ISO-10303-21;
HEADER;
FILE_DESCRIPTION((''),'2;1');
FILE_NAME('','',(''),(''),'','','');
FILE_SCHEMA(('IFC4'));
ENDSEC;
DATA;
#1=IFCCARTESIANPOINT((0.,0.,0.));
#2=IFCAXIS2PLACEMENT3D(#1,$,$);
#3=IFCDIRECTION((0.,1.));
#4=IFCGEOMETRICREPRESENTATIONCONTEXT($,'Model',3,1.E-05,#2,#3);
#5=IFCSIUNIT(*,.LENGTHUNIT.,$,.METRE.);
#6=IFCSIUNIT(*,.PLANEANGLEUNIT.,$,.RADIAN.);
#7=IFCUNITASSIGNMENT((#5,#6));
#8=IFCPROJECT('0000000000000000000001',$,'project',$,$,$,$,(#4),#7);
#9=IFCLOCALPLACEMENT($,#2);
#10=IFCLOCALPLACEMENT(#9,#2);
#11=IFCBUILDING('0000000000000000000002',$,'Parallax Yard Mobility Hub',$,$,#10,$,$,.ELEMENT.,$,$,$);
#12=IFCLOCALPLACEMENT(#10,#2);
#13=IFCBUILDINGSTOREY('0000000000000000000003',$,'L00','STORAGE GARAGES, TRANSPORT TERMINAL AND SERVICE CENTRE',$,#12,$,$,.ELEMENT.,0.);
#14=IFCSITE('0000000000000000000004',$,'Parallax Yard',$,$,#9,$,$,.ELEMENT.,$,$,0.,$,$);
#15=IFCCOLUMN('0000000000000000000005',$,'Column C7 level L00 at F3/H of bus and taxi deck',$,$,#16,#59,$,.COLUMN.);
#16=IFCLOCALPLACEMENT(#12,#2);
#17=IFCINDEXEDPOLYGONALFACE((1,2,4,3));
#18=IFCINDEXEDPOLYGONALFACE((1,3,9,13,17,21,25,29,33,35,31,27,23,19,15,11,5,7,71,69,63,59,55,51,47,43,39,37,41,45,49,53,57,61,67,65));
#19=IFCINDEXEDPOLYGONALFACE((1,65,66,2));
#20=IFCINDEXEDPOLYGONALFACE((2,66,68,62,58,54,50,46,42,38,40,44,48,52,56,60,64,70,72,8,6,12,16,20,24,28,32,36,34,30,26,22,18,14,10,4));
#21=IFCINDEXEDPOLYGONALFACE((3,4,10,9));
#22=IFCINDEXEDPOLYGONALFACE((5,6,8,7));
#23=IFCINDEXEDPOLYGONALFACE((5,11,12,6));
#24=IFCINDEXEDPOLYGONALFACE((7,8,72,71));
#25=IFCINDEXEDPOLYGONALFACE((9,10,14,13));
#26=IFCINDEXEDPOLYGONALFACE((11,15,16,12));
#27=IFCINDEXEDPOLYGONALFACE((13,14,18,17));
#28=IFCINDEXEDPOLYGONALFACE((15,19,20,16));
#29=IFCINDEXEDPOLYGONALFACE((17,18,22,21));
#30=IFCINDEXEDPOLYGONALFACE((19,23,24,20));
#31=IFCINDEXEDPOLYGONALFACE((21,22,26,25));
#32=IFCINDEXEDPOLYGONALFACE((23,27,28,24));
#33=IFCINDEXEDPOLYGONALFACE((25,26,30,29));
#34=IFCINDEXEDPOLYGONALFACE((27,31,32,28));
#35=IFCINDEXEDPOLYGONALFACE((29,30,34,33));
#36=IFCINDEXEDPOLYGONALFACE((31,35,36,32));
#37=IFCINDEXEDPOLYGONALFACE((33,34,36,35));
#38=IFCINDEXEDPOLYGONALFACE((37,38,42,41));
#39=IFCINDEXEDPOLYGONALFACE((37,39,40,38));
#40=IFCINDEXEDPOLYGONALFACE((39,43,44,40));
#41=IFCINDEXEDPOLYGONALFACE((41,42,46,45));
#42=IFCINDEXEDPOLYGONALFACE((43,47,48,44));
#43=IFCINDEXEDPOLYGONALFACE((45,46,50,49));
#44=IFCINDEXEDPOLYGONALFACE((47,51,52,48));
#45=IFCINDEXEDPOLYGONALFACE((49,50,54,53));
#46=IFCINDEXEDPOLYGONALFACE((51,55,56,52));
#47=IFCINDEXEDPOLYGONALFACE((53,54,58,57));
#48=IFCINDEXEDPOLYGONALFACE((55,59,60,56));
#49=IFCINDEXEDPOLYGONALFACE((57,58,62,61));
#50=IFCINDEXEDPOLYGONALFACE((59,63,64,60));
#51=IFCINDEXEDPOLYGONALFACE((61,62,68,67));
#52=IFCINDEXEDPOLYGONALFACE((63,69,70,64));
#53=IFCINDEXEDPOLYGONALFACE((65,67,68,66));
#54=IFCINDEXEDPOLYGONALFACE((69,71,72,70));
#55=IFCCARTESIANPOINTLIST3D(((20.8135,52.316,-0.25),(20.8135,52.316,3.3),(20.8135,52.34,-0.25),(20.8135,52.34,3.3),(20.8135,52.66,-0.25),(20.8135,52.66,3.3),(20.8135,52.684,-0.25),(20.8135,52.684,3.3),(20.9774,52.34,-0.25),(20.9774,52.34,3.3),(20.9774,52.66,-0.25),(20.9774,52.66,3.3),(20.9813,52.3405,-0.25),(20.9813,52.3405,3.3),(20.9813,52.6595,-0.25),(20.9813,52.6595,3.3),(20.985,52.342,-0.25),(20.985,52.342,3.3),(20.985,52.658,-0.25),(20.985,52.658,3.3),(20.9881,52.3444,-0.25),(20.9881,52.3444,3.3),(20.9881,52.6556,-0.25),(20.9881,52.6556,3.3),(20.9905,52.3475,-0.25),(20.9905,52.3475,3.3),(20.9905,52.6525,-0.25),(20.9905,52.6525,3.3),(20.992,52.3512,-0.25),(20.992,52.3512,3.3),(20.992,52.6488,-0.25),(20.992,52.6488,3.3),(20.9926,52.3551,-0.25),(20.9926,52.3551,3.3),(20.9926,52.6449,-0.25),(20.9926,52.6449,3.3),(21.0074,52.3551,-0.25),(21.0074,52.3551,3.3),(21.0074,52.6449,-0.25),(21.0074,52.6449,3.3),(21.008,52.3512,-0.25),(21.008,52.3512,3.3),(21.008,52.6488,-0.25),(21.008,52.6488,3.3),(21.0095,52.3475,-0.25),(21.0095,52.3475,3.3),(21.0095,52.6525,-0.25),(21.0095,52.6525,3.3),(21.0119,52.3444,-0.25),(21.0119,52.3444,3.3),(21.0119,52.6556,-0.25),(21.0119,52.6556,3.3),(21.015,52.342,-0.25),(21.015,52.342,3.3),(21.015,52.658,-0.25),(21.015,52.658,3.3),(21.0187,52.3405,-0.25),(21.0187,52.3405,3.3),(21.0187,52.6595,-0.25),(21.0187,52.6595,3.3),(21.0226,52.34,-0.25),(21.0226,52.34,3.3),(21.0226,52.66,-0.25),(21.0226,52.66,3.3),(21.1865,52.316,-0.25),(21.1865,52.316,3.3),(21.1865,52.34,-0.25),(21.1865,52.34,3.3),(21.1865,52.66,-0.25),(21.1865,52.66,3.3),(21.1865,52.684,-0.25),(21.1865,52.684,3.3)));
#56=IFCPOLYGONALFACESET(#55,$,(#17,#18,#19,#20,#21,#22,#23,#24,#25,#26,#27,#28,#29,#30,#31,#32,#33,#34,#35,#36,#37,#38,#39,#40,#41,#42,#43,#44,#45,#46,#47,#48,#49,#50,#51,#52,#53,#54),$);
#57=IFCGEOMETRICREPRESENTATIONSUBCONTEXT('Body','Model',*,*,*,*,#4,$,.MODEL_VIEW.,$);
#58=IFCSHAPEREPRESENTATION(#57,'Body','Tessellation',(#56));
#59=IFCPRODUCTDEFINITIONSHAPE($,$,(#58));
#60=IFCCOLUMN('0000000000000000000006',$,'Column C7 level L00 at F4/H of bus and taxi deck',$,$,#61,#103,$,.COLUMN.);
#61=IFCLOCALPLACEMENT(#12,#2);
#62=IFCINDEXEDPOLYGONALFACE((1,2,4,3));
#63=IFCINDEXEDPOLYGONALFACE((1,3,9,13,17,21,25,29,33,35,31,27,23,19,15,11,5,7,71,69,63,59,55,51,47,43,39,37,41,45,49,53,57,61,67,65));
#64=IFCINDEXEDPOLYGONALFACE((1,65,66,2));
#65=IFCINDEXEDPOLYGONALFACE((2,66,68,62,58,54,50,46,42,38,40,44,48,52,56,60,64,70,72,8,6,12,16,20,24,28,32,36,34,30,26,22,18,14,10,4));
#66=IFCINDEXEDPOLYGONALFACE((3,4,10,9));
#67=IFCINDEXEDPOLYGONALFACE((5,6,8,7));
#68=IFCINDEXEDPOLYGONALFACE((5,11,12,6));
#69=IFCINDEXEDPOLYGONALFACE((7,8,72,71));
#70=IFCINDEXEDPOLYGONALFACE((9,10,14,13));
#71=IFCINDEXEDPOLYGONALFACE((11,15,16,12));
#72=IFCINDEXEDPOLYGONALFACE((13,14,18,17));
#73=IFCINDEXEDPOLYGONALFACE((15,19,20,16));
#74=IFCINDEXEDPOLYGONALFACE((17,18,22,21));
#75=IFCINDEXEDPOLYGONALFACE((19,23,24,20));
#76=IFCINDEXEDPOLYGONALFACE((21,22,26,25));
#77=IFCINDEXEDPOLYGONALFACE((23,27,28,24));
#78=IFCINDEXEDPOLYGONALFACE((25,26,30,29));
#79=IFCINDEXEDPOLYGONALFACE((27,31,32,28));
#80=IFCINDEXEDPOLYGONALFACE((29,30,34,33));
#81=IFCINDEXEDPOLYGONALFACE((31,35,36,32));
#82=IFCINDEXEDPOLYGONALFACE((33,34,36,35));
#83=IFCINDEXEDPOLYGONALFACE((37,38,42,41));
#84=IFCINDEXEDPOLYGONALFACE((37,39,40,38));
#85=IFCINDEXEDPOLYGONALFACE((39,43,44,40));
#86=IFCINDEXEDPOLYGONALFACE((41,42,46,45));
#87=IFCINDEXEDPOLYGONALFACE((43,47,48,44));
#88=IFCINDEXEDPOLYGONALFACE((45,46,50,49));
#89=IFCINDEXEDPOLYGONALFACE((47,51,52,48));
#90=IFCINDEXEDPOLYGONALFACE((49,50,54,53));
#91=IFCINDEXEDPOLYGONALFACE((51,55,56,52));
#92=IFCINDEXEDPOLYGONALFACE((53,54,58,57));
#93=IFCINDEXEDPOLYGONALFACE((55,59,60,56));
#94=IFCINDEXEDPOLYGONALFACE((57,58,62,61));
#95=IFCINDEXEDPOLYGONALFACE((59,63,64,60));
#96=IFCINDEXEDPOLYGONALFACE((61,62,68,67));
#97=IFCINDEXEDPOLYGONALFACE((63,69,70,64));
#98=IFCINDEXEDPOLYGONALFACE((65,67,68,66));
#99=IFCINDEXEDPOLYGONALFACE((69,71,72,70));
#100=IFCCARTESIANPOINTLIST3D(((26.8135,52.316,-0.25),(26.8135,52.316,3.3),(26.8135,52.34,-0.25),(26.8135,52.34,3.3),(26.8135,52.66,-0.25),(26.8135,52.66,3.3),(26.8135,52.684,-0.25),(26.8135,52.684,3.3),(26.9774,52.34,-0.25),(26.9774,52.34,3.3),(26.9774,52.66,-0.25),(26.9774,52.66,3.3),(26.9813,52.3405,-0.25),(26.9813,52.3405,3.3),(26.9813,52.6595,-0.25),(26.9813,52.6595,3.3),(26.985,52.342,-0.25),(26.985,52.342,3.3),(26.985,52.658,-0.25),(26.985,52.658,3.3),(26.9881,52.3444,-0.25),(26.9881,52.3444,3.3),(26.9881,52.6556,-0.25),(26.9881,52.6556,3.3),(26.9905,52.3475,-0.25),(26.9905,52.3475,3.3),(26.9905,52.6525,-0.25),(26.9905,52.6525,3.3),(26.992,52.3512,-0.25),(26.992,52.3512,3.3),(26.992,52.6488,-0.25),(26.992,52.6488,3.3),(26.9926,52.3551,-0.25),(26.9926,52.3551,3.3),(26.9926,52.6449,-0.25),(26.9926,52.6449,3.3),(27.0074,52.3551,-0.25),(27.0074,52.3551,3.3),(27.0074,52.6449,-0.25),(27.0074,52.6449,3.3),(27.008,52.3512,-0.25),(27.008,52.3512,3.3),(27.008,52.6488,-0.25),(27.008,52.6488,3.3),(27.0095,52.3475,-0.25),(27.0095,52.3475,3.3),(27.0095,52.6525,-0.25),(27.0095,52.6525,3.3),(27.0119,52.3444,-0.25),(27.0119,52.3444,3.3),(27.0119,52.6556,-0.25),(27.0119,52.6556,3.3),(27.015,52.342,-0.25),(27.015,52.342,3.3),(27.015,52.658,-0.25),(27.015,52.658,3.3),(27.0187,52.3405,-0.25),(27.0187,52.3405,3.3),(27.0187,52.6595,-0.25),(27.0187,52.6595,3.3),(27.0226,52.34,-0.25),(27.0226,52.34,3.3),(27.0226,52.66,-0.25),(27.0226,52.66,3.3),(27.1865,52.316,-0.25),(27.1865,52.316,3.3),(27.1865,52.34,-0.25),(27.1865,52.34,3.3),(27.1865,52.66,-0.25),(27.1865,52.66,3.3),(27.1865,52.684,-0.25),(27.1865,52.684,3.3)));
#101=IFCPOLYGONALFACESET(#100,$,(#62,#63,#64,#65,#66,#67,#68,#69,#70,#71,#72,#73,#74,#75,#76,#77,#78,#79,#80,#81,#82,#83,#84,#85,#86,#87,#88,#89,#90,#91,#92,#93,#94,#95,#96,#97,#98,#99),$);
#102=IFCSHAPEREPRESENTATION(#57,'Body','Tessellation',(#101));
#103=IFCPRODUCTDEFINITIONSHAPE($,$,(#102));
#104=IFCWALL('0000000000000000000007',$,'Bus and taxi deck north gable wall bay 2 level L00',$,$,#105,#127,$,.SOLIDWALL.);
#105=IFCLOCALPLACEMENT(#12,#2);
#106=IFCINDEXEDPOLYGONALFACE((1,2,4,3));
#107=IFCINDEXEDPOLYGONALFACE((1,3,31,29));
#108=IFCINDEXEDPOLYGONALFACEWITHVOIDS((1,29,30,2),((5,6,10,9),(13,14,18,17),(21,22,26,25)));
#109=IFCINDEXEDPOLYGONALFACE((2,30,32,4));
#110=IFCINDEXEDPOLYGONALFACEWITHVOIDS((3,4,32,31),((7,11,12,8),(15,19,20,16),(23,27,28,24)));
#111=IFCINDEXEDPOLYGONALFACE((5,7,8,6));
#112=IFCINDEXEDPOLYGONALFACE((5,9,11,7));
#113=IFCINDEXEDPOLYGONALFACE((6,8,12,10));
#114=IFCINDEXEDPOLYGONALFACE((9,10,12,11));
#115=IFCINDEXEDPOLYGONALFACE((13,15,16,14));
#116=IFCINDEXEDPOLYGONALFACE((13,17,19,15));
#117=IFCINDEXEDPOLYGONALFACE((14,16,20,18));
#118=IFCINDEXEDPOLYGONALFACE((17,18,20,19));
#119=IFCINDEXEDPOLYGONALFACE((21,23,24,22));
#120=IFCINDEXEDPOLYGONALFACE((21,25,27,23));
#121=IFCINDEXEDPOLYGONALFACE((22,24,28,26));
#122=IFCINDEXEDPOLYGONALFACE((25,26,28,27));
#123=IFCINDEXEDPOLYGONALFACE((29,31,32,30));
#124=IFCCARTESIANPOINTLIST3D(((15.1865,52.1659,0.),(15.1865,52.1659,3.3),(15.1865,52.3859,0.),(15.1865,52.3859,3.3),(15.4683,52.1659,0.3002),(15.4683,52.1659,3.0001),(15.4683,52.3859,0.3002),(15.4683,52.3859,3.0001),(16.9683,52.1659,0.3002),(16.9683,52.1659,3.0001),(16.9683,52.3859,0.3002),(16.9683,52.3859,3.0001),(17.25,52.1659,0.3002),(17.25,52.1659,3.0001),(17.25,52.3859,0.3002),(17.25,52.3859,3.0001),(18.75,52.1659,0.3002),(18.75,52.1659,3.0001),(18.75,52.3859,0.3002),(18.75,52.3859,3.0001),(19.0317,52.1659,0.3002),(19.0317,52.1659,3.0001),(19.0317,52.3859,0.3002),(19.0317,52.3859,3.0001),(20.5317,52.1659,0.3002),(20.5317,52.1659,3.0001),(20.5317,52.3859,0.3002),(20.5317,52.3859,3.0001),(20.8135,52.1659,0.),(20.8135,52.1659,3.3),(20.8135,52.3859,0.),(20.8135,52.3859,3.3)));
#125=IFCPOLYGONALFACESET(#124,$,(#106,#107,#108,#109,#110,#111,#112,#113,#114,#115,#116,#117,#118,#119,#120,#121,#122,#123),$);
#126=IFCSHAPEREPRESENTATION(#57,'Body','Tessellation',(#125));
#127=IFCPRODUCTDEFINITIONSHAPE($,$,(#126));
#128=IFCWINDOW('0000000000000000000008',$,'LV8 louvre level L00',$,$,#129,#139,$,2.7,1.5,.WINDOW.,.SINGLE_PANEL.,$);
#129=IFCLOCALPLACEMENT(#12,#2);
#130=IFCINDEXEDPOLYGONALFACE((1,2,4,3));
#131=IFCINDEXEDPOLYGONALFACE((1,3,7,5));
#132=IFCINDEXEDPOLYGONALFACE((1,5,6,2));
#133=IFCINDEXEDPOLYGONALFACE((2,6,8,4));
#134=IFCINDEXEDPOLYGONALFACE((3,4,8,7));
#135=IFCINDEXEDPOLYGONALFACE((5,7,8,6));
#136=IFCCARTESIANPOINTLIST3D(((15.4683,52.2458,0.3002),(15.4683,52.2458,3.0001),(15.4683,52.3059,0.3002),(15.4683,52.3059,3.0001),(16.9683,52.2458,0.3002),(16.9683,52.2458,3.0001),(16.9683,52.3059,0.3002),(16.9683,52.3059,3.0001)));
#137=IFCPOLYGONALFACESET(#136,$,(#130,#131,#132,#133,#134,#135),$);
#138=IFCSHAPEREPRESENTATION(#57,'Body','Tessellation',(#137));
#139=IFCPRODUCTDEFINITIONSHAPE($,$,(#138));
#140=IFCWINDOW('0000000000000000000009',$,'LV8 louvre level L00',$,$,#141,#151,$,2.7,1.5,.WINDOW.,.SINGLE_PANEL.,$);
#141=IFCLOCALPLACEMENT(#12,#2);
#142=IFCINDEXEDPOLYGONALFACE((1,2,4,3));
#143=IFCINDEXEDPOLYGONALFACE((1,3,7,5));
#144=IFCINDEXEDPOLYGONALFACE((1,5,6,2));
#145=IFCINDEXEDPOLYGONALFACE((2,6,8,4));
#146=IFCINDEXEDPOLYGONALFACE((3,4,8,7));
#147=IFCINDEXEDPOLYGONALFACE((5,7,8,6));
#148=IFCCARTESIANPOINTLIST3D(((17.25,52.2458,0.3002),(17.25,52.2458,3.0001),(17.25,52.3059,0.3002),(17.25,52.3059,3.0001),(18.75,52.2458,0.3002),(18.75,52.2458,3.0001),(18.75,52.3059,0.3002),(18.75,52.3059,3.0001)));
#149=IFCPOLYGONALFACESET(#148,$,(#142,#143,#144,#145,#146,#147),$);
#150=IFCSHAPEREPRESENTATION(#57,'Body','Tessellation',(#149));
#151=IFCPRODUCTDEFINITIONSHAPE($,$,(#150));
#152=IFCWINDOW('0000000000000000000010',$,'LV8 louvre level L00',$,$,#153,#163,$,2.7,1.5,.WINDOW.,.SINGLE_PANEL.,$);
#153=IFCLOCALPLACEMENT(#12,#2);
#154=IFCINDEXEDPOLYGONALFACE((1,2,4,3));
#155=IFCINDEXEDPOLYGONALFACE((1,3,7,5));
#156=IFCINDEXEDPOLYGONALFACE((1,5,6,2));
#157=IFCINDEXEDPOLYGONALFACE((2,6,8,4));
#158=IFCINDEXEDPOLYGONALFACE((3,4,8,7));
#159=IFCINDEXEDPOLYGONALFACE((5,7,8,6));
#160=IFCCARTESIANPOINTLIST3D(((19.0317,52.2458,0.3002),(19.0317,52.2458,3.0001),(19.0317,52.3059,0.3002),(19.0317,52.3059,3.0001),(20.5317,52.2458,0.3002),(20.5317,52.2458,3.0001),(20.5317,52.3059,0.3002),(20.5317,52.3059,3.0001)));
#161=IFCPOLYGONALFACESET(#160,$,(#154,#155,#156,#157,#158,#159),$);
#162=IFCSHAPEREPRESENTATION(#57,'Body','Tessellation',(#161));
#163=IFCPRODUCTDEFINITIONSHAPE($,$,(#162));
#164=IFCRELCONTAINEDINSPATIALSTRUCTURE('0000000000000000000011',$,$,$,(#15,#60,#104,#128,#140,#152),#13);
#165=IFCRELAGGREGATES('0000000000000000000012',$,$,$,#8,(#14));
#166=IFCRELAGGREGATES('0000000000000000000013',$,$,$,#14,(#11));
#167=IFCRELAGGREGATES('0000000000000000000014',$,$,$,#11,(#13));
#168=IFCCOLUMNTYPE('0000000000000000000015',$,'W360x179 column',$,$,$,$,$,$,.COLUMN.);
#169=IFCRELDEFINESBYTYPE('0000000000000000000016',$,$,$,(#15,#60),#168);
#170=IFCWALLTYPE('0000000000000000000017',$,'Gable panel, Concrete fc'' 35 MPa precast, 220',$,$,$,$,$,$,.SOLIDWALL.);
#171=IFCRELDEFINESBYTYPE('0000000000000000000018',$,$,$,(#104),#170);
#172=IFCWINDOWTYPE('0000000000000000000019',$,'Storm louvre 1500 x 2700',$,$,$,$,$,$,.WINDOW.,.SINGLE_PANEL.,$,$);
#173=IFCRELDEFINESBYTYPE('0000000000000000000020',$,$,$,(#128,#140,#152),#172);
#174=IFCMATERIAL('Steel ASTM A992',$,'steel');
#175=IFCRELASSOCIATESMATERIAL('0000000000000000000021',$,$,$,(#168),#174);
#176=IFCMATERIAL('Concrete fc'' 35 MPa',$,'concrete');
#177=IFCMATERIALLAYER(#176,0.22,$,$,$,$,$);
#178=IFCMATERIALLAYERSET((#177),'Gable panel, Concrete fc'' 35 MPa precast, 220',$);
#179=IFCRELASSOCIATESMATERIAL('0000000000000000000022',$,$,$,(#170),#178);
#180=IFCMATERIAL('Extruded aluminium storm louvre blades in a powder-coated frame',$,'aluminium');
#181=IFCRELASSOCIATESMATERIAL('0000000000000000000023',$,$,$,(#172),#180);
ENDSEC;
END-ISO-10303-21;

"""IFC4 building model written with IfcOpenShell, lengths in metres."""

from ifc_helpers import new_model, si_unit, direction, frame, frame_2d, origin, origin_2d, place, context, subcontext, project, spatial, rectangle, i_section, extrude, material, layer, layer_set, material_profile, profile_set, type_object, element, fill, save


model = new_model("IFC4")

# Units and contexts
model_context = context("Model", 3, precision=1e-05, world=origin(), true_north=direction((0.0, 1.0)))
body_context = subcontext(model_context, "Body", "Model", "MODEL_VIEW")
ifc_project = project(units=[si_unit("LENGTHUNIT", "METRE"), si_unit("PLANEANGLEUNIT", "RADIAN")], contexts=[model_context])

# Site, building, storey
site_placement = place(None, origin())
site = spatial("IfcSite", under=ifc_project, at=site_placement, Name="Parallax Yard", CompositionType="ELEMENT", RefElevation=0.0)
building_placement = place(site_placement, origin())
building = spatial("IfcBuilding", under=site, at=building_placement, Name="Parallax Yard Mobility Hub", CompositionType="ELEMENT")
storey_placement = place(building_placement, origin())
storey = spatial("IfcBuildingStorey", under=building, at=storey_placement, Name="L00", Description="STORAGE GARAGES, TRANSPORT TERMINAL AND SERVICE CENTRE", CompositionType="ELEMENT", Elevation=0.0)

# Columns
ifc_material_1 = material(Name="Steel ASTM A992", Category="steel")
ifc_material_profile_1 = material_profile(ifc_material_1, i_section(OverallWidth=0.373, OverallDepth=0.3679, WebThickness=0.0149, FlangeThickness=0.0239, FilletRadius=0.0151, at=origin_2d()), Name="W360x179")
ifc_profile_set_1 = profile_set([ifc_material_profile_1], Name="Steel ASTM A992")
column_type = type_object("IfcColumnType", Name="W360x179 column", PredefinedType="COLUMN", material=ifc_profile_set_1)
for number, where, z_axis, x_axis, name in (
    (1, (21.0, 52.5, -0.25), (0.0, 0.0, 1.0), (1.0, 0.0, 0.0), "Column C7 level L00 at F3/H of bus and taxi deck"),
    (2, (27.0, 52.5, -0.25), (0.0, 0.0, 1.0), (1.0, 0.0, 0.0), "Column C7 level L00 at F4/H of bus and taxi deck"),
):
    element("IfcColumn", number, at=place(storey_placement, frame(where, z_axis=z_axis, x_axis=x_axis)), inside=storey, type_object=column_type, Name=name, PredefinedType="COLUMN", context=body_context, shape_type="SweptSolid", body=[
        extrude(i_section(OverallWidth=0.373, OverallDepth=0.3679, WebThickness=0.0149, FlangeThickness=0.0239, FilletRadius=0.0151, at=origin_2d()), origin(), (0.0, 0.0, 1.0), 3.55),
    ])

# Wall, openings, windows
ifc_material_2 = material(Name="Concrete fc' 35 MPa", Category="concrete")
ifc_layer = layer(ifc_material_2, 0.22)
ifc_layer_set = layer_set([ifc_layer], Name="Gable panel, Concrete fc' 35 MPa precast, 220")
wall_type = type_object("IfcWallType", Name="Gable panel, Concrete fc' 35 MPa precast, 220", PredefinedType="SOLIDWALL", material=ifc_layer_set)
wall_1_placement = place(storey_placement, frame((15.1865, 52.2759, 0.0), z_axis=(0.0, 0.0, 1.0), x_axis=(1.0, 0.0, 0.0)))
wall_1 = element("IfcWall", 3, at=wall_1_placement, inside=storey, type_object=wall_type, Name="Bus and taxi deck north gable wall bay 2 level L00", PredefinedType="SOLIDWALL", context=body_context, shape_type="SweptSolid", body=[
    extrude(rectangle(XDim=5.627, YDim=0.22, at=frame_2d((2.8135, 0.0))), origin(), (0.0, 0.0, 1.0), 3.3),
])
opening_1_placement = place(wall_1_placement, frame((0.2817, 0.0, 0.3)))
opening_1 = element("IfcOpeningElement", 4, at=opening_1_placement, cuts=wall_1, PredefinedType="OPENING", context=body_context, shape_type="SweptSolid", body=[
    extrude(rectangle(XDim=1.5, YDim=2.7, at=frame_2d((0.75, 1.3501))), frame((0.0, 0.1201, 0.0), z_axis=(0.0, -1.0, 0.0), x_axis=(1.0, 0.0, 0.0)), (0.0, 0.0, 1.0), 0.24),
])
opening_2_placement = place(wall_1_placement, frame((2.0635, 0.0, 0.3)))
opening_2 = element("IfcOpeningElement", 5, at=opening_2_placement, cuts=wall_1, PredefinedType="OPENING", context=body_context, shape_type="SweptSolid", body=[
    extrude(rectangle(XDim=1.5, YDim=2.7, at=frame_2d((0.75, 1.3501))), frame((0.0, 0.1201, 0.0), z_axis=(0.0, -1.0, 0.0), x_axis=(1.0, 0.0, 0.0)), (0.0, 0.0, 1.0), 0.24),
])
opening_3_placement = place(wall_1_placement, frame((3.8452, 0.0, 0.3)))
opening_3 = element("IfcOpeningElement", 6, at=opening_3_placement, cuts=wall_1, PredefinedType="OPENING", context=body_context, shape_type="SweptSolid", body=[
    extrude(rectangle(XDim=1.5, YDim=2.7, at=frame_2d((0.75, 1.3501))), frame((0.0, 0.1201, 0.0), z_axis=(0.0, -1.0, 0.0), x_axis=(1.0, 0.0, 0.0)), (0.0, 0.0, 1.0), 0.24),
])
ifc_material_3 = material(Name="Extruded aluminium storm louvre blades in a powder-coated frame", Category="aluminium")
window_type_1 = type_object("IfcWindowType", Name="Storm louvre 1500 x 2700", PartitioningType="SINGLE_PANEL", PredefinedType="WINDOW", material=ifc_material_3)
window_1_placement = place(opening_1_placement, origin())
window_1 = element("IfcWindow", 7, at=window_1_placement, inside=storey, type_object=window_type_1, Name="LV8 louvre level L00", OverallHeight=2.7, OverallWidth=1.5, PartitioningType="SINGLE_PANEL", PredefinedType="WINDOW", context=body_context, shape_type="SweptSolid", body=[
    extrude(rectangle(XDim=1.5, YDim=2.7, at=frame_2d((0.75, 1.3501))), frame((0.0, 0.03, 0.0), z_axis=(0.0, -1.0, 0.0), x_axis=(1.0, 0.0, 0.0)), (0.0, 0.0, 1.0), 0.0601),
])
fill(opening_1, window_1)
window_2_placement = place(opening_2_placement, origin())
window_2 = element("IfcWindow", 8, at=window_2_placement, inside=storey, type_object=window_type_1, Name="LV8 louvre level L00", OverallHeight=2.7, OverallWidth=1.5, PartitioningType="SINGLE_PANEL", PredefinedType="WINDOW", context=body_context, shape_type="SweptSolid", body=[
    extrude(rectangle(XDim=1.5, YDim=2.7, at=frame_2d((0.75, 1.3501))), frame((0.0, 0.03, 0.0), z_axis=(0.0, -1.0, 0.0), x_axis=(1.0, 0.0, 0.0)), (0.0, 0.0, 1.0), 0.0601),
])
fill(opening_2, window_2)
window_3_placement = place(opening_3_placement, origin())
window_3 = element("IfcWindow", 9, at=window_3_placement, inside=storey, type_object=window_type_1, Name="LV8 louvre level L00", OverallHeight=2.7, OverallWidth=1.5, PartitioningType="SINGLE_PANEL", PredefinedType="WINDOW", context=body_context, shape_type="SweptSolid", body=[
    extrude(rectangle(XDim=1.5, YDim=2.7, at=frame_2d((0.75, 1.3501))), frame((0.0, 0.03, 0.0), z_axis=(0.0, -1.0, 0.0), x_axis=(1.0, 0.0, 0.0)), (0.0, 0.0, 1.0), 0.0601),
])
fill(opening_3, window_3)

save(model, "model.ifc")
